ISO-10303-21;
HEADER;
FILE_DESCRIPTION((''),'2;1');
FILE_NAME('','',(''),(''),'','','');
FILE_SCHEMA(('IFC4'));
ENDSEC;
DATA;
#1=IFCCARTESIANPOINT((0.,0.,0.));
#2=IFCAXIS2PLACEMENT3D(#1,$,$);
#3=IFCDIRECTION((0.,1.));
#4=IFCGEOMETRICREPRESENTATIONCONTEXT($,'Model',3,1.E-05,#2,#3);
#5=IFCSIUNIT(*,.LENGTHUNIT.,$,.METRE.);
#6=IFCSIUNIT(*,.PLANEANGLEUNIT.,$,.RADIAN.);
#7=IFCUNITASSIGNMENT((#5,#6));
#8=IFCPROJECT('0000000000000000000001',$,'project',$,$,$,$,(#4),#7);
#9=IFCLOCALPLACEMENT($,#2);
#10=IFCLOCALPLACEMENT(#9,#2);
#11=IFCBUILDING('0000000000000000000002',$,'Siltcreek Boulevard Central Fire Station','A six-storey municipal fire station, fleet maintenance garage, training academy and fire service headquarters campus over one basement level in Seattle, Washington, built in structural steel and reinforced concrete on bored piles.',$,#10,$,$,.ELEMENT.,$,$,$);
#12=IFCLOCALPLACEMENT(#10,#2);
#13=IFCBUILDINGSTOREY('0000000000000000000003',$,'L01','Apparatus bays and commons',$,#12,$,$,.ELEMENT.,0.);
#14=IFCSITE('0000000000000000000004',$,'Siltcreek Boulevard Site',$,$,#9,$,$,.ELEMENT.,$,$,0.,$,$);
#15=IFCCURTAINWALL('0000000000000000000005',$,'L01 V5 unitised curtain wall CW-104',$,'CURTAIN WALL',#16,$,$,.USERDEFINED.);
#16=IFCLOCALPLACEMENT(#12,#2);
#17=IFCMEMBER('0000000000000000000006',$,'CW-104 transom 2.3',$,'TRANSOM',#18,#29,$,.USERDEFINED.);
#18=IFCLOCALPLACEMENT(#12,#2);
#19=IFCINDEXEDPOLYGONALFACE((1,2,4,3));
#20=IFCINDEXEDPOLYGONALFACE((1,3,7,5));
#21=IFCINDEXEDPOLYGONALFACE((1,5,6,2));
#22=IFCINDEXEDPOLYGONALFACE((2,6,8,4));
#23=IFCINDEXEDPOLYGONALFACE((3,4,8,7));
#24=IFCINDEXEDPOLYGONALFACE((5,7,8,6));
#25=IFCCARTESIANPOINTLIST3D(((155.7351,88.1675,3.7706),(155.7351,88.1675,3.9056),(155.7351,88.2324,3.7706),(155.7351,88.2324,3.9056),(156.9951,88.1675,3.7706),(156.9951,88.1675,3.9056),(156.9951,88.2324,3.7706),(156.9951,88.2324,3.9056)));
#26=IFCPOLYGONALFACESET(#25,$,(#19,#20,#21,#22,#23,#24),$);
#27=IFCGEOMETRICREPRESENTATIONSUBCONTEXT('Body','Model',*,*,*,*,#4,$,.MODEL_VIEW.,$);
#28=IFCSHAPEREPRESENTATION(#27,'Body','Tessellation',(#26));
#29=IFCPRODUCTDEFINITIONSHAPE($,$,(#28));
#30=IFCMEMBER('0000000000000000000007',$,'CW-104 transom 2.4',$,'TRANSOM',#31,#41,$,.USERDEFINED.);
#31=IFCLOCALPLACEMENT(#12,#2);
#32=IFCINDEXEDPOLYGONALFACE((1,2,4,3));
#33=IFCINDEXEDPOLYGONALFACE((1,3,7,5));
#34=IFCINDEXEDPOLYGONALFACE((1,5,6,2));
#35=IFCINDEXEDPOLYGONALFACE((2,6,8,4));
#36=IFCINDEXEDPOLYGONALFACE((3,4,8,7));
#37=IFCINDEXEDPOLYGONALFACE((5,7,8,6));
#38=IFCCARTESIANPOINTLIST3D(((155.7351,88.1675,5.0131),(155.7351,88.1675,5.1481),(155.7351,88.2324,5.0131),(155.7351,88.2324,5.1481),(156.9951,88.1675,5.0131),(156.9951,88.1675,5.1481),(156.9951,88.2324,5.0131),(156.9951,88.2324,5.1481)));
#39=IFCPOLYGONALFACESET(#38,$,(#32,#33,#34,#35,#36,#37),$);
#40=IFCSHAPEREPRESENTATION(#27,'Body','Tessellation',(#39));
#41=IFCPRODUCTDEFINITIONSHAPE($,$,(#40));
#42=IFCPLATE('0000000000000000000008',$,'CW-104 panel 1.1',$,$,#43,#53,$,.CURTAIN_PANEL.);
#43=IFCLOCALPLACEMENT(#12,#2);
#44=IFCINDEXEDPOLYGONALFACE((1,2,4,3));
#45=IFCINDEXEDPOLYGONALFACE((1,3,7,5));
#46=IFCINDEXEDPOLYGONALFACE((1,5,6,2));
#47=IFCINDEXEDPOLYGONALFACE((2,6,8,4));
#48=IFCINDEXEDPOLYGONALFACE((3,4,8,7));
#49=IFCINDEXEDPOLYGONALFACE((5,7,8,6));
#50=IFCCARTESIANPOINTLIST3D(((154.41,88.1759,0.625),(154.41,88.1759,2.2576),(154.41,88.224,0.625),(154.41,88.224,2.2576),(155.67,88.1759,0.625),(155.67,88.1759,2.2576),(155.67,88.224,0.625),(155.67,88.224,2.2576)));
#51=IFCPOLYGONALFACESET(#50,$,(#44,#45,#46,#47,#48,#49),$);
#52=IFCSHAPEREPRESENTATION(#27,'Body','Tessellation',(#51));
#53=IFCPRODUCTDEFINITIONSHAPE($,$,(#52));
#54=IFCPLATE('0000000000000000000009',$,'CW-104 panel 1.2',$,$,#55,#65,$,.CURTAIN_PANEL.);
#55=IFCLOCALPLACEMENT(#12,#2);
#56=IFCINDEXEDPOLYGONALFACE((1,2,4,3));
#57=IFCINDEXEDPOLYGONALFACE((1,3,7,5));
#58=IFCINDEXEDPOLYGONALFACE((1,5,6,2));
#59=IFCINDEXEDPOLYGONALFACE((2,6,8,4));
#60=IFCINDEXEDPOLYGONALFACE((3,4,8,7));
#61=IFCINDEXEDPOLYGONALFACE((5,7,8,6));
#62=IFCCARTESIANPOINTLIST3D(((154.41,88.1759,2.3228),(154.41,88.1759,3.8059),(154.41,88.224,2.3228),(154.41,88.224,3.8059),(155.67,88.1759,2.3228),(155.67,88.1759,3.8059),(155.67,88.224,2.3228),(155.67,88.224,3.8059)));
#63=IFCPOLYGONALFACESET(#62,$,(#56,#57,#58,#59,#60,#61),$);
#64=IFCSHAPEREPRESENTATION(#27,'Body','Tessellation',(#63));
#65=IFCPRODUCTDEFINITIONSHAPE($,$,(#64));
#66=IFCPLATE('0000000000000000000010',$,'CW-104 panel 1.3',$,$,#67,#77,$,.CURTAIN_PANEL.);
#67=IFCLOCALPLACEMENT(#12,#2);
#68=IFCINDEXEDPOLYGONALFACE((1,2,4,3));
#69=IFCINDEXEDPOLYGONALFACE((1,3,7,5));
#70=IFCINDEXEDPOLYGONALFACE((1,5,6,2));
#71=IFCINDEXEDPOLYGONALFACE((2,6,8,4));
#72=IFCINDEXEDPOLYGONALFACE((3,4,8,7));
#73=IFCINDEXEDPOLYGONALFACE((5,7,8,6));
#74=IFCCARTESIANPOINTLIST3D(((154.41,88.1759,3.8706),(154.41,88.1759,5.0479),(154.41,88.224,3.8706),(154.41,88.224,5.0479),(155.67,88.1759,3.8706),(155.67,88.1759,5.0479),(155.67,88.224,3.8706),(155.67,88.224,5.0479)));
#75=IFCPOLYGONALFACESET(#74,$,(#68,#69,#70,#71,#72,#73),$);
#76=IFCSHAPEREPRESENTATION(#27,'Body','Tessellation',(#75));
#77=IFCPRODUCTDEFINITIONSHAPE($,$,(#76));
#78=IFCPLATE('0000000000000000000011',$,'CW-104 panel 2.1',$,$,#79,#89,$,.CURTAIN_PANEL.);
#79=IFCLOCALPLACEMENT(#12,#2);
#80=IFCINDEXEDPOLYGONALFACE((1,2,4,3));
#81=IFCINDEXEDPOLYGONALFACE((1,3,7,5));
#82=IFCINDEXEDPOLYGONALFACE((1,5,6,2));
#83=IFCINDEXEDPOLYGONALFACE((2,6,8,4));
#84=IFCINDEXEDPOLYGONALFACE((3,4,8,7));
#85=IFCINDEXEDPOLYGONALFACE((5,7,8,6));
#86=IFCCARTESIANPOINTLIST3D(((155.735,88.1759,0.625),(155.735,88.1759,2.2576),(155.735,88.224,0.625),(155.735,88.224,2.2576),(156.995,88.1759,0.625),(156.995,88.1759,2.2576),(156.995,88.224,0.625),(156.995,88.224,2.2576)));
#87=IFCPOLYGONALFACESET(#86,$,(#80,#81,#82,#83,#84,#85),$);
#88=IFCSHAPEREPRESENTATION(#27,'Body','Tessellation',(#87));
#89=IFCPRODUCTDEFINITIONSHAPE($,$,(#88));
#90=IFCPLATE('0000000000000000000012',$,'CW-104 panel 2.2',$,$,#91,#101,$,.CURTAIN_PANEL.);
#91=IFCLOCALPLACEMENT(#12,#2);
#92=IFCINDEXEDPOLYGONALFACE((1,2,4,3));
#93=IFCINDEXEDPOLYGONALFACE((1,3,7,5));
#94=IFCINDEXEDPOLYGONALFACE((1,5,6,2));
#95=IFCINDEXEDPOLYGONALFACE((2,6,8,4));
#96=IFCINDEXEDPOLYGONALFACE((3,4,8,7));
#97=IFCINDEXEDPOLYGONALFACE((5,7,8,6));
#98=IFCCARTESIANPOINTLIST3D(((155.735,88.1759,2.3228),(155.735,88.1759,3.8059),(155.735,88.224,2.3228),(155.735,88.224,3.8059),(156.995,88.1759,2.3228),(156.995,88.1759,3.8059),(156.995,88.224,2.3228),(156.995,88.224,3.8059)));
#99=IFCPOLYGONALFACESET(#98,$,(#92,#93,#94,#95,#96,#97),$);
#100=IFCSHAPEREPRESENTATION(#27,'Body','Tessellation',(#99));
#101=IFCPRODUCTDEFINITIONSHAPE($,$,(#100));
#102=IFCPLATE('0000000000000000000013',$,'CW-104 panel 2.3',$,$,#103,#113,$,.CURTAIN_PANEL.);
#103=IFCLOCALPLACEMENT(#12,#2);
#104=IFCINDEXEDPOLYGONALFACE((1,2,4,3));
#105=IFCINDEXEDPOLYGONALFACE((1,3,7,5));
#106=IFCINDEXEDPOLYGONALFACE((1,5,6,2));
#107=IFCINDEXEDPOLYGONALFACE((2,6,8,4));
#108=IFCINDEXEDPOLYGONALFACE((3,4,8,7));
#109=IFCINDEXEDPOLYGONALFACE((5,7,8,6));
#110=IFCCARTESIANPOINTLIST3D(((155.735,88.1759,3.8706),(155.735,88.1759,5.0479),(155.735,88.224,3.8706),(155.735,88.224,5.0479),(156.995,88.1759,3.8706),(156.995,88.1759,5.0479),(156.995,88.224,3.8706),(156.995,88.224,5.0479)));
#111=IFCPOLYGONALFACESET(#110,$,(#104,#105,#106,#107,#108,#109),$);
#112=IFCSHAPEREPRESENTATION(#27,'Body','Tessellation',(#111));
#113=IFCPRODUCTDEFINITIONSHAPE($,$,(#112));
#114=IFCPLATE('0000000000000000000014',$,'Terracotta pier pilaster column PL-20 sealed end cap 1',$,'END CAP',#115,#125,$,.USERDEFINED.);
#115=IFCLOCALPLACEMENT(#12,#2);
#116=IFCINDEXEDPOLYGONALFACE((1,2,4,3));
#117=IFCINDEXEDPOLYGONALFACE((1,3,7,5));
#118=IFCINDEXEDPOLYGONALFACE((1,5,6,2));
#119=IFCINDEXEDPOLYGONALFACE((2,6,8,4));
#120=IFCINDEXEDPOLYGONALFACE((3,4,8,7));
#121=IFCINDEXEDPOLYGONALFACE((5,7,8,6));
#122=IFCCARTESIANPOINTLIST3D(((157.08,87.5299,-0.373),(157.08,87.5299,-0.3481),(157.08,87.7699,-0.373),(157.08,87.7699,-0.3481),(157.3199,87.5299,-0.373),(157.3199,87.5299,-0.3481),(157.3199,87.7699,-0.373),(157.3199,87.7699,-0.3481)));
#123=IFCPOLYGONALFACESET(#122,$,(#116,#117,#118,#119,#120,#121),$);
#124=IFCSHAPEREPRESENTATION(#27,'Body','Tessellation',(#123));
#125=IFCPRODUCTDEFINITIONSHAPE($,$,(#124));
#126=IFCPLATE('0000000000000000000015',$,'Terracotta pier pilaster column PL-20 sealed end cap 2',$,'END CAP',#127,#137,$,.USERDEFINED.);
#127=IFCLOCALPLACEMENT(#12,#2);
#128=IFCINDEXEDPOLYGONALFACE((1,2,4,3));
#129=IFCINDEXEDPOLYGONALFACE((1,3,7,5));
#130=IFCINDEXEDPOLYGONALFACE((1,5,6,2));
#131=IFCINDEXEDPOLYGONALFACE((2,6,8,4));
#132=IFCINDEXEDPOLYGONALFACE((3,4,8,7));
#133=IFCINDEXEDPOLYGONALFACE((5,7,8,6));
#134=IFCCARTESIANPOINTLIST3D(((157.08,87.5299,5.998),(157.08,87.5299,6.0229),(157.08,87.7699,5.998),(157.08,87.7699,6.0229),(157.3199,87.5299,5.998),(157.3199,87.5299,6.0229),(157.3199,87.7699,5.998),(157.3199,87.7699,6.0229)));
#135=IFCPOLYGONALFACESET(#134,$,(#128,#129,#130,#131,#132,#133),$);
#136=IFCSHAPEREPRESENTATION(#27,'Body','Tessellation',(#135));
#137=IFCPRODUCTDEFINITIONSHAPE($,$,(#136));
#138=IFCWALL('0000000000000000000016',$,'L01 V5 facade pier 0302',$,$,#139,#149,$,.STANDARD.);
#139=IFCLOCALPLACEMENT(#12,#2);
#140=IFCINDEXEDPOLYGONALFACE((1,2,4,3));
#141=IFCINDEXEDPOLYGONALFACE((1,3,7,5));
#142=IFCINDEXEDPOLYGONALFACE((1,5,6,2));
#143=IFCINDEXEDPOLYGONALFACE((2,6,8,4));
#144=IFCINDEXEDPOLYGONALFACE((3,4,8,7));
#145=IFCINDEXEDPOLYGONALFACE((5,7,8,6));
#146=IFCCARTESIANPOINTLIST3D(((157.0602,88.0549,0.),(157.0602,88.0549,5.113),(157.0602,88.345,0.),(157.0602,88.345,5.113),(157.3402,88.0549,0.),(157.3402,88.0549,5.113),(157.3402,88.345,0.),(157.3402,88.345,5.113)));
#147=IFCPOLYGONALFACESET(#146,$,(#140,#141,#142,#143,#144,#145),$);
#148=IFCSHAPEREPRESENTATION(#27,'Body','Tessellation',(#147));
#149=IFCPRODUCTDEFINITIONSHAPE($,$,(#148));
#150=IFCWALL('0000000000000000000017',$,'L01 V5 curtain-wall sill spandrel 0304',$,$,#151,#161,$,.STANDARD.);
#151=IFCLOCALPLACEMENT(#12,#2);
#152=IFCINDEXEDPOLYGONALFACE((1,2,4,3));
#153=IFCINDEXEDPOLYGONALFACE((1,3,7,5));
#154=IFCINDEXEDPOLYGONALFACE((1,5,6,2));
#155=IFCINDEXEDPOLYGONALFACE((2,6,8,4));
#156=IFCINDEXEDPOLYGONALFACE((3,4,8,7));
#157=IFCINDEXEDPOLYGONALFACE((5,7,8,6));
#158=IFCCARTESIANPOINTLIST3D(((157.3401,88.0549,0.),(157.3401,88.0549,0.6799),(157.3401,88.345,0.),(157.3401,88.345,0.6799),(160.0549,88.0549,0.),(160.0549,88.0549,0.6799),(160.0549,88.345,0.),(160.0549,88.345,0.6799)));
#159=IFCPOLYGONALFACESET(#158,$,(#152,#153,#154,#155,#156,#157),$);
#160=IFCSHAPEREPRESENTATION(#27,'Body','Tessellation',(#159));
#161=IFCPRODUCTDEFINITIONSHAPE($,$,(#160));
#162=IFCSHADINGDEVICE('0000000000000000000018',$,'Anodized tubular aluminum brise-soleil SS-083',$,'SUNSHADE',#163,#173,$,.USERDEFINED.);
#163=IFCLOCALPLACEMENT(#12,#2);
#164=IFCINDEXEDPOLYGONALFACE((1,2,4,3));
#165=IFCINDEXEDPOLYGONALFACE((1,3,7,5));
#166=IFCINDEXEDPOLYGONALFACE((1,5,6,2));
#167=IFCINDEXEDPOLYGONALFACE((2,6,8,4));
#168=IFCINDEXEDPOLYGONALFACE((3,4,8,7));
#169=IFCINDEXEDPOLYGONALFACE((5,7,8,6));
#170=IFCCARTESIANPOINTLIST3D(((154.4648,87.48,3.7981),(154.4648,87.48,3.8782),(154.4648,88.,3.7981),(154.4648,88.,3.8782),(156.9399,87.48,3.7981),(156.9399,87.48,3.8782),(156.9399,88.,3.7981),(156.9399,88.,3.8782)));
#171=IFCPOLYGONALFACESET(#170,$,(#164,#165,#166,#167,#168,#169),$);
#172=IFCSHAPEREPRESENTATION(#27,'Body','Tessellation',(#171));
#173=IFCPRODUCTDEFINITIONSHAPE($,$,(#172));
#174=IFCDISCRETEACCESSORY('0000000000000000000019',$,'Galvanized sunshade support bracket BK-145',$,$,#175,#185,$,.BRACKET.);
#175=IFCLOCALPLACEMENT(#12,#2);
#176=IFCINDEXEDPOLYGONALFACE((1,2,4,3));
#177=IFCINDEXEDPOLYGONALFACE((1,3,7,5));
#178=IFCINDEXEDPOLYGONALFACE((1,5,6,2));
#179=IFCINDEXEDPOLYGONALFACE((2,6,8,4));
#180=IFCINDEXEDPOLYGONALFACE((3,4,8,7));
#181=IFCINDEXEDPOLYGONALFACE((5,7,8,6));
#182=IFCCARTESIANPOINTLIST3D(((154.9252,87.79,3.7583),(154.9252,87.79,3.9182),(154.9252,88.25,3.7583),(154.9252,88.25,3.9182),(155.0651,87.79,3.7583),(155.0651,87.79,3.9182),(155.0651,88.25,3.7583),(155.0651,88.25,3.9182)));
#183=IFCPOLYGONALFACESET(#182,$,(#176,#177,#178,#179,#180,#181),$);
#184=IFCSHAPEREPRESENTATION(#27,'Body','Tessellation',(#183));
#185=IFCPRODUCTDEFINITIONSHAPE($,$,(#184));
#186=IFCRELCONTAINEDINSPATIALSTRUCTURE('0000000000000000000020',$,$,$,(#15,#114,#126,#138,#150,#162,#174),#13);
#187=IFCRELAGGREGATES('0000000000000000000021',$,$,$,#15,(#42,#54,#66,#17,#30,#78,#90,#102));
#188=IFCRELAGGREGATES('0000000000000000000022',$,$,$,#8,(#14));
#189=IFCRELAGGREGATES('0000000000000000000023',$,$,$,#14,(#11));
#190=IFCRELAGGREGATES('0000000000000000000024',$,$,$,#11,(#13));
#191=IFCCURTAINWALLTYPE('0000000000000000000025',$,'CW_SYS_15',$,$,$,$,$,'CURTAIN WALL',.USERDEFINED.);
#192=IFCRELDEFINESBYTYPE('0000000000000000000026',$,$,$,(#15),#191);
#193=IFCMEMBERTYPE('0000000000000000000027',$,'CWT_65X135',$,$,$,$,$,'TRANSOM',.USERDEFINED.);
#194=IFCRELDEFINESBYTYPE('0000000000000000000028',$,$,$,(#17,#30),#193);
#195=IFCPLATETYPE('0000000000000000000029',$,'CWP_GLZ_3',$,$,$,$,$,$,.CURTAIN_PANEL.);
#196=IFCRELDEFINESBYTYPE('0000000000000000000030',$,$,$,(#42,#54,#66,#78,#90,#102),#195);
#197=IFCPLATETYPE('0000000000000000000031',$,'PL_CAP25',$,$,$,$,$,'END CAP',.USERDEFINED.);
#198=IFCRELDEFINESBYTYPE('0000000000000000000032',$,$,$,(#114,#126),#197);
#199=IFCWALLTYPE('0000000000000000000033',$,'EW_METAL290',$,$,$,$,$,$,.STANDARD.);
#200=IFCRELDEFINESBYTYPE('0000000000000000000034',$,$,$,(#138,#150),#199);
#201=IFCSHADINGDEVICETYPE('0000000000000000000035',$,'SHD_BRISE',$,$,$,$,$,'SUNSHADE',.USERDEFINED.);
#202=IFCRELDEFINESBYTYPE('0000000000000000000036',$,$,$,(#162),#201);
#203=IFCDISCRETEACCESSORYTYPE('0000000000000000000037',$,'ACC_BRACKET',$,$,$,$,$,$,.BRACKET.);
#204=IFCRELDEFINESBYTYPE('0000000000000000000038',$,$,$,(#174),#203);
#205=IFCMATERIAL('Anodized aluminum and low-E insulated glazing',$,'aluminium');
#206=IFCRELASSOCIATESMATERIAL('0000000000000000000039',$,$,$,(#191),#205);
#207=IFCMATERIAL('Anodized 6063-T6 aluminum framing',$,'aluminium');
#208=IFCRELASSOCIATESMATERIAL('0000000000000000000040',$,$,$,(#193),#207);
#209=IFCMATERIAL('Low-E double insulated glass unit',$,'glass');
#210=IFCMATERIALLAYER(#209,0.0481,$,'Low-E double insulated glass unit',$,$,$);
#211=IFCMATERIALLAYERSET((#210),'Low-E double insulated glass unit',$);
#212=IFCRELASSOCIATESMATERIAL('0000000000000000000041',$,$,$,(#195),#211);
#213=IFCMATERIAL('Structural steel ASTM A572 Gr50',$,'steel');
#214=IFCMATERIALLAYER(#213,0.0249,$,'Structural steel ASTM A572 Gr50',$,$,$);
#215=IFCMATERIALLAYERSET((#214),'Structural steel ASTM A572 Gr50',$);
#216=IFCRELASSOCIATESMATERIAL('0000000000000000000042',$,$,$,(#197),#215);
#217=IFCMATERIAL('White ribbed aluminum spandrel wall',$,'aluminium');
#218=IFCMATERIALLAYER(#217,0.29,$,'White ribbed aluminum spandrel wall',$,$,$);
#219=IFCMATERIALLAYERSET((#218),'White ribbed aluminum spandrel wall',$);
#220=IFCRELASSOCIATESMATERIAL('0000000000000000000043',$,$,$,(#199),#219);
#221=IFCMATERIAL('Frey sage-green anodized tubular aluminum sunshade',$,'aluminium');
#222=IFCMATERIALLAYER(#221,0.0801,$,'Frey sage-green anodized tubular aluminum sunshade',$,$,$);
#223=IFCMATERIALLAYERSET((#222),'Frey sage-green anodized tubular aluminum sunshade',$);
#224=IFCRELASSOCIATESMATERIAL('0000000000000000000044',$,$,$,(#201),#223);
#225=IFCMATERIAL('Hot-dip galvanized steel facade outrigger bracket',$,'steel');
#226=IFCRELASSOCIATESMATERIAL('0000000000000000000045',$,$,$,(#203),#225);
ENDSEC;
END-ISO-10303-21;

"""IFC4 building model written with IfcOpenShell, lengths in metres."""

from ifc_helpers import new_model, si_unit, direction, frame, frame_2d, origin, origin_2d, place, context, subcontext, project, spatial, rectangle, extrude, material, layer, layer_set, material_profile, profile_set, type_object, element, aggregate, save


model = new_model("IFC4")

# Units and contexts
model_context = context("Model", 3, precision=1e-05, world=origin(), true_north=direction((0.0, 1.0)))
body_context = subcontext(model_context, "Body", "Model", "MODEL_VIEW")
ifc_project = project(units=[si_unit("LENGTHUNIT", "METRE"), si_unit("PLANEANGLEUNIT", "RADIAN")], contexts=[model_context])

# Site, building, storey
site_placement = place(None, origin())
site = spatial("IfcSite", under=ifc_project, at=site_placement, Name="Siltcreek Boulevard Site", CompositionType="ELEMENT", RefElevation=0.0)
building_placement = place(site_placement, origin())
building = spatial("IfcBuilding", under=site, at=building_placement, Name="Siltcreek Boulevard Central Fire Station", Description="A six-storey municipal fire station, fleet maintenance garage, training academy and fire service headquarters campus over one basement level in Seattle, Washington, built in structural steel and reinforced concrete on bored piles.", CompositionType="ELEMENT")
storey_placement = place(building_placement, origin())
storey = spatial("IfcBuildingStorey", under=building, at=storey_placement, Name="L01", Description="Apparatus bays and commons", CompositionType="ELEMENT", Elevation=0.0)

# Shared definitions
ifc_material_1 = material(Name="Anodized aluminum and low-E insulated glazing", Category="aluminium")
ifc_material_2 = material(Name="Anodized 6063-T6 aluminum framing", Category="aluminium")

# Curtain wall
curtain_wall_type_1 = type_object("IfcCurtainWallType", Name="CW_SYS_15", ElementType="CURTAIN WALL", PredefinedType="USERDEFINED", material=ifc_material_1)
curtain_wall_1_placement = place(storey_placement, origin())
curtain_wall_1 = element("IfcCurtainWall", 1, at=curtain_wall_1_placement, inside=storey, type_object=curtain_wall_type_1, Name="L01 V5 unitised curtain wall CW-104", ObjectType="CURTAIN WALL", PredefinedType="USERDEFINED")

# Members
ifc_material_profile_1 = material_profile(ifc_material_2, rectangle(XDim=0.0649, YDim=0.135, at=origin_2d()), Name="TRAN65X135")
ifc_profile_set_1 = profile_set([ifc_material_profile_1], Name="Anodized 6063-T6 aluminum framing")
member_type_1 = type_object("IfcMemberType", Name="CWT_65X135", ElementType="TRANSOM", PredefinedType="USERDEFINED", material=ifc_profile_set_1)
member_1_placement = place(storey_placement, frame((155.7351, 88.2, 3.8381), z_axis=(1.0, 0.0, 0.0), x_axis=(0.0, 1.0, 0.0)))
member_1 = element("IfcMember", 2, at=member_1_placement, type_object=member_type_1, Name="CW-104 transom 2.3", ObjectType="TRANSOM", PredefinedType="USERDEFINED", context=body_context, shape_type="SweptSolid", body=[
    extrude(rectangle(XDim=0.0649, YDim=0.135, at=origin_2d()), origin(), (0.0, 0.0, 1.0), 1.26),
])
member_2_placement = place(storey_placement, frame((155.7351, 88.2, 5.0806), z_axis=(1.0, 0.0, 0.0), x_axis=(0.0, 1.0, 0.0)))
member_2 = element("IfcMember", 3, at=member_2_placement, type_object=member_type_1, Name="CW-104 transom 2.4", ObjectType="TRANSOM", PredefinedType="USERDEFINED", context=body_context, shape_type="SweptSolid", body=[
    extrude(rectangle(XDim=0.0649, YDim=0.135, at=origin_2d()), origin(), (0.0, 0.0, 1.0), 1.26),
])

# Plates
ifc_material_3 = material(Name="Low-E double insulated glass unit", Category="glass")
ifc_layer_1 = layer(ifc_material_3, 0.0481, Name="Low-E double insulated glass unit")
ifc_layer_set_1 = layer_set([ifc_layer_1], Name="Low-E double insulated glass unit")
plate_type_1 = type_object("IfcPlateType", Name="CWP_GLZ_3", PredefinedType="CURTAIN_PANEL", material=ifc_layer_set_1)
plate_1_placement = place(storey_placement, frame((155.04, 88.2, 0.625), z_axis=(0.0, 0.0, 1.0), x_axis=(1.0, 0.0, 0.0)))
plate_1 = element("IfcPlate", 4, at=plate_1_placement, type_object=plate_type_1, Name="CW-104 panel 1.1", PredefinedType="CURTAIN_PANEL", context=body_context, shape_type="SweptSolid", body=[
    extrude(rectangle(XDim=1.26, YDim=0.0481, at=origin_2d()), origin(), (0.0, 0.0, 1.0), 1.6326),
])
plate_2_placement = place(storey_placement, frame((155.04, 88.2, 2.3228), z_axis=(0.0, 0.0, 1.0), x_axis=(1.0, 0.0, 0.0)))
plate_2 = element("IfcPlate", 5, at=plate_2_placement, type_object=plate_type_1, Name="CW-104 panel 1.2", PredefinedType="CURTAIN_PANEL", context=body_context, shape_type="SweptSolid", body=[
    extrude(rectangle(XDim=1.26, YDim=0.0481, at=origin_2d()), origin(), (0.0, 0.0, 1.0), 1.4832),
])
plate_3_placement = place(storey_placement, frame((155.04, 88.2, 3.8706), z_axis=(0.0, 0.0, 1.0), x_axis=(1.0, 0.0, 0.0)))
plate_3 = element("IfcPlate", 6, at=plate_3_placement, type_object=plate_type_1, Name="CW-104 panel 1.3", PredefinedType="CURTAIN_PANEL", context=body_context, shape_type="SweptSolid", body=[
    extrude(rectangle(XDim=1.26, YDim=0.0481, at=origin_2d()), origin(), (0.0, 0.0, 1.0), 1.1772),
])
plate_4_placement = place(storey_placement, frame((156.365, 88.2, 0.625), z_axis=(0.0, 0.0, 1.0), x_axis=(1.0, 0.0, 0.0)))
plate_4 = element("IfcPlate", 7, at=plate_4_placement, type_object=plate_type_1, Name="CW-104 panel 2.1", PredefinedType="CURTAIN_PANEL", context=body_context, shape_type="SweptSolid", body=[
    extrude(rectangle(XDim=1.26, YDim=0.0481, at=origin_2d()), origin(), (0.0, 0.0, 1.0), 1.6326),
])
plate_5_placement = place(storey_placement, frame((156.365, 88.2, 2.3228), z_axis=(0.0, 0.0, 1.0), x_axis=(1.0, 0.0, 0.0)))
plate_5 = element("IfcPlate", 8, at=plate_5_placement, type_object=plate_type_1, Name="CW-104 panel 2.2", PredefinedType="CURTAIN_PANEL", context=body_context, shape_type="SweptSolid", body=[
    extrude(rectangle(XDim=1.26, YDim=0.0481, at=origin_2d()), origin(), (0.0, 0.0, 1.0), 1.4832),
])
plate_6_placement = place(storey_placement, frame((156.365, 88.2, 3.8706), z_axis=(0.0, 0.0, 1.0), x_axis=(1.0, 0.0, 0.0)))
plate_6 = element("IfcPlate", 9, at=plate_6_placement, type_object=plate_type_1, Name="CW-104 panel 2.3", PredefinedType="CURTAIN_PANEL", context=body_context, shape_type="SweptSolid", body=[
    extrude(rectangle(XDim=1.26, YDim=0.0481, at=origin_2d()), origin(), (0.0, 0.0, 1.0), 1.1772),
])
aggregate(curtain_wall_1, [plate_1, plate_2, plate_3, member_1, member_2, plate_4, plate_5, plate_6])

# Plates
ifc_material_4 = material(Name="Structural steel ASTM A572 Gr50", Category="steel")
ifc_layer_2 = layer(ifc_material_4, 0.0249, Name="Structural steel ASTM A572 Gr50")
ifc_layer_set_2 = layer_set([ifc_layer_2], Name="Structural steel ASTM A572 Gr50")
plate_type_2 = type_object("IfcPlateType", Name="PL_CAP25", ElementType="END CAP", PredefinedType="USERDEFINED", material=ifc_layer_set_2)
for number, where, z_axis, x_axis, name in (
    (10, (157.2, 87.6499, -0.373), (0.0, 0.0, 1.0), (1.0, 0.0, 0.0), "Terracotta pier pilaster column PL-20 sealed end cap 1"),
    (11, (157.2, 87.6499, 5.998), (0.0, 0.0, 1.0), (1.0, 0.0, 0.0), "Terracotta pier pilaster column PL-20 sealed end cap 2"),
):
    element("IfcPlate", number, at=place(storey_placement, frame(where, z_axis=z_axis, x_axis=x_axis)), inside=storey, type_object=plate_type_2, Name=name, ObjectType="END CAP", PredefinedType="USERDEFINED", context=body_context, shape_type="SweptSolid", body=[
        extrude(rectangle(XDim=0.24, YDim=0.24, at=origin_2d()), origin(), (0.0, 0.0, 1.0), 0.0249),
    ])

# Walls
ifc_material_5 = material(Name="White ribbed aluminum spandrel wall", Category="aluminium")
ifc_layer_3 = layer(ifc_material_5, 0.29, Name="White ribbed aluminum spandrel wall")
ifc_layer_set_3 = layer_set([ifc_layer_3], Name="White ribbed aluminum spandrel wall")
wall_type = type_object("IfcWallType", Name="EW_METAL290", PredefinedType="STANDARD", material=ifc_layer_set_3)
wall_1_placement = place(storey_placement, frame((157.0601, 88.2, 0.0), z_axis=(0.0, 0.0, 1.0), x_axis=(1.0, 0.0, 0.0)))
element("IfcWall", 12, at=wall_1_placement, inside=storey, type_object=wall_type, Name="L01 V5 facade pier 0302", PredefinedType="STANDARD", context=body_context, shape_type="SweptSolid", body=[
    extrude(rectangle(XDim=0.28, YDim=0.29, at=frame_2d((0.1401, 0.0))), origin(), (0.0, 0.0, 1.0), 5.113),
])
wall_2_placement = place(storey_placement, frame((157.3401, 88.2, 0.0), z_axis=(0.0, 0.0, 1.0), x_axis=(1.0, 0.0, 0.0)))
element("IfcWall", 13, at=wall_2_placement, inside=storey, type_object=wall_type, Name="L01 V5 curtain-wall sill spandrel 0304", PredefinedType="STANDARD", context=body_context, shape_type="SweptSolid", body=[
    extrude(rectangle(XDim=2.7148, YDim=0.29, at=frame_2d((1.3574, 0.0))), origin(), (0.0, 0.0, 1.0), 0.6799),
])

# Shading device
ifc_material_6 = material(Name="Frey sage-green anodized tubular aluminum sunshade", Category="aluminium")
ifc_layer_4 = layer(ifc_material_6, 0.0801, Name="Frey sage-green anodized tubular aluminum sunshade")
ifc_layer_set_4 = layer_set([ifc_layer_4], Name="Frey sage-green anodized tubular aluminum sunshade")
shading_device_type = type_object("IfcShadingDeviceType", Name="SHD_BRISE", ElementType="SUNSHADE", PredefinedType="USERDEFINED", material=ifc_layer_set_4)
shading_device_placement = place(storey_placement, frame((155.7024, 87.74, 3.7981), z_axis=(0.0, 0.0, 1.0), x_axis=(1.0, 0.0, 0.0)))
element("IfcShadingDevice", 14, at=shading_device_placement, inside=storey, type_object=shading_device_type, Name="Anodized tubular aluminum brise-soleil SS-083", ObjectType="SUNSHADE", PredefinedType="USERDEFINED", context=body_context, shape_type="SweptSolid", body=[
    extrude(rectangle(XDim=2.4751, YDim=0.52, at=origin_2d()), origin(), (0.0, 0.0, 1.0), 0.0801),
])

# Discrete accessory
ifc_material_7 = material(Name="Hot-dip galvanized steel facade outrigger bracket", Category="steel")
discrete_accessory_type = type_object("IfcDiscreteAccessoryType", Name="ACC_BRACKET", PredefinedType="BRACKET", material=ifc_material_7)
for number, where, z_axis, x_axis, name in (
    (15, (154.9951, 88.02, 3.7583), (0.0, 0.0, 1.0), (1.0, 0.0, 0.0), "Galvanized sunshade support bracket BK-145"),
):
    element("IfcDiscreteAccessory", number, at=place(storey_placement, frame(where, z_axis=z_axis, x_axis=x_axis)), inside=storey, type_object=discrete_accessory_type, Name=name, PredefinedType="BRACKET", context=body_context, shape_type="SweptSolid", body=[
        extrude(rectangle(XDim=0.1399, YDim=0.46, at=origin_2d()), origin(), (0.0, 0.0, 1.0), 0.1599),
    ])

save(model, "model.ifc")
